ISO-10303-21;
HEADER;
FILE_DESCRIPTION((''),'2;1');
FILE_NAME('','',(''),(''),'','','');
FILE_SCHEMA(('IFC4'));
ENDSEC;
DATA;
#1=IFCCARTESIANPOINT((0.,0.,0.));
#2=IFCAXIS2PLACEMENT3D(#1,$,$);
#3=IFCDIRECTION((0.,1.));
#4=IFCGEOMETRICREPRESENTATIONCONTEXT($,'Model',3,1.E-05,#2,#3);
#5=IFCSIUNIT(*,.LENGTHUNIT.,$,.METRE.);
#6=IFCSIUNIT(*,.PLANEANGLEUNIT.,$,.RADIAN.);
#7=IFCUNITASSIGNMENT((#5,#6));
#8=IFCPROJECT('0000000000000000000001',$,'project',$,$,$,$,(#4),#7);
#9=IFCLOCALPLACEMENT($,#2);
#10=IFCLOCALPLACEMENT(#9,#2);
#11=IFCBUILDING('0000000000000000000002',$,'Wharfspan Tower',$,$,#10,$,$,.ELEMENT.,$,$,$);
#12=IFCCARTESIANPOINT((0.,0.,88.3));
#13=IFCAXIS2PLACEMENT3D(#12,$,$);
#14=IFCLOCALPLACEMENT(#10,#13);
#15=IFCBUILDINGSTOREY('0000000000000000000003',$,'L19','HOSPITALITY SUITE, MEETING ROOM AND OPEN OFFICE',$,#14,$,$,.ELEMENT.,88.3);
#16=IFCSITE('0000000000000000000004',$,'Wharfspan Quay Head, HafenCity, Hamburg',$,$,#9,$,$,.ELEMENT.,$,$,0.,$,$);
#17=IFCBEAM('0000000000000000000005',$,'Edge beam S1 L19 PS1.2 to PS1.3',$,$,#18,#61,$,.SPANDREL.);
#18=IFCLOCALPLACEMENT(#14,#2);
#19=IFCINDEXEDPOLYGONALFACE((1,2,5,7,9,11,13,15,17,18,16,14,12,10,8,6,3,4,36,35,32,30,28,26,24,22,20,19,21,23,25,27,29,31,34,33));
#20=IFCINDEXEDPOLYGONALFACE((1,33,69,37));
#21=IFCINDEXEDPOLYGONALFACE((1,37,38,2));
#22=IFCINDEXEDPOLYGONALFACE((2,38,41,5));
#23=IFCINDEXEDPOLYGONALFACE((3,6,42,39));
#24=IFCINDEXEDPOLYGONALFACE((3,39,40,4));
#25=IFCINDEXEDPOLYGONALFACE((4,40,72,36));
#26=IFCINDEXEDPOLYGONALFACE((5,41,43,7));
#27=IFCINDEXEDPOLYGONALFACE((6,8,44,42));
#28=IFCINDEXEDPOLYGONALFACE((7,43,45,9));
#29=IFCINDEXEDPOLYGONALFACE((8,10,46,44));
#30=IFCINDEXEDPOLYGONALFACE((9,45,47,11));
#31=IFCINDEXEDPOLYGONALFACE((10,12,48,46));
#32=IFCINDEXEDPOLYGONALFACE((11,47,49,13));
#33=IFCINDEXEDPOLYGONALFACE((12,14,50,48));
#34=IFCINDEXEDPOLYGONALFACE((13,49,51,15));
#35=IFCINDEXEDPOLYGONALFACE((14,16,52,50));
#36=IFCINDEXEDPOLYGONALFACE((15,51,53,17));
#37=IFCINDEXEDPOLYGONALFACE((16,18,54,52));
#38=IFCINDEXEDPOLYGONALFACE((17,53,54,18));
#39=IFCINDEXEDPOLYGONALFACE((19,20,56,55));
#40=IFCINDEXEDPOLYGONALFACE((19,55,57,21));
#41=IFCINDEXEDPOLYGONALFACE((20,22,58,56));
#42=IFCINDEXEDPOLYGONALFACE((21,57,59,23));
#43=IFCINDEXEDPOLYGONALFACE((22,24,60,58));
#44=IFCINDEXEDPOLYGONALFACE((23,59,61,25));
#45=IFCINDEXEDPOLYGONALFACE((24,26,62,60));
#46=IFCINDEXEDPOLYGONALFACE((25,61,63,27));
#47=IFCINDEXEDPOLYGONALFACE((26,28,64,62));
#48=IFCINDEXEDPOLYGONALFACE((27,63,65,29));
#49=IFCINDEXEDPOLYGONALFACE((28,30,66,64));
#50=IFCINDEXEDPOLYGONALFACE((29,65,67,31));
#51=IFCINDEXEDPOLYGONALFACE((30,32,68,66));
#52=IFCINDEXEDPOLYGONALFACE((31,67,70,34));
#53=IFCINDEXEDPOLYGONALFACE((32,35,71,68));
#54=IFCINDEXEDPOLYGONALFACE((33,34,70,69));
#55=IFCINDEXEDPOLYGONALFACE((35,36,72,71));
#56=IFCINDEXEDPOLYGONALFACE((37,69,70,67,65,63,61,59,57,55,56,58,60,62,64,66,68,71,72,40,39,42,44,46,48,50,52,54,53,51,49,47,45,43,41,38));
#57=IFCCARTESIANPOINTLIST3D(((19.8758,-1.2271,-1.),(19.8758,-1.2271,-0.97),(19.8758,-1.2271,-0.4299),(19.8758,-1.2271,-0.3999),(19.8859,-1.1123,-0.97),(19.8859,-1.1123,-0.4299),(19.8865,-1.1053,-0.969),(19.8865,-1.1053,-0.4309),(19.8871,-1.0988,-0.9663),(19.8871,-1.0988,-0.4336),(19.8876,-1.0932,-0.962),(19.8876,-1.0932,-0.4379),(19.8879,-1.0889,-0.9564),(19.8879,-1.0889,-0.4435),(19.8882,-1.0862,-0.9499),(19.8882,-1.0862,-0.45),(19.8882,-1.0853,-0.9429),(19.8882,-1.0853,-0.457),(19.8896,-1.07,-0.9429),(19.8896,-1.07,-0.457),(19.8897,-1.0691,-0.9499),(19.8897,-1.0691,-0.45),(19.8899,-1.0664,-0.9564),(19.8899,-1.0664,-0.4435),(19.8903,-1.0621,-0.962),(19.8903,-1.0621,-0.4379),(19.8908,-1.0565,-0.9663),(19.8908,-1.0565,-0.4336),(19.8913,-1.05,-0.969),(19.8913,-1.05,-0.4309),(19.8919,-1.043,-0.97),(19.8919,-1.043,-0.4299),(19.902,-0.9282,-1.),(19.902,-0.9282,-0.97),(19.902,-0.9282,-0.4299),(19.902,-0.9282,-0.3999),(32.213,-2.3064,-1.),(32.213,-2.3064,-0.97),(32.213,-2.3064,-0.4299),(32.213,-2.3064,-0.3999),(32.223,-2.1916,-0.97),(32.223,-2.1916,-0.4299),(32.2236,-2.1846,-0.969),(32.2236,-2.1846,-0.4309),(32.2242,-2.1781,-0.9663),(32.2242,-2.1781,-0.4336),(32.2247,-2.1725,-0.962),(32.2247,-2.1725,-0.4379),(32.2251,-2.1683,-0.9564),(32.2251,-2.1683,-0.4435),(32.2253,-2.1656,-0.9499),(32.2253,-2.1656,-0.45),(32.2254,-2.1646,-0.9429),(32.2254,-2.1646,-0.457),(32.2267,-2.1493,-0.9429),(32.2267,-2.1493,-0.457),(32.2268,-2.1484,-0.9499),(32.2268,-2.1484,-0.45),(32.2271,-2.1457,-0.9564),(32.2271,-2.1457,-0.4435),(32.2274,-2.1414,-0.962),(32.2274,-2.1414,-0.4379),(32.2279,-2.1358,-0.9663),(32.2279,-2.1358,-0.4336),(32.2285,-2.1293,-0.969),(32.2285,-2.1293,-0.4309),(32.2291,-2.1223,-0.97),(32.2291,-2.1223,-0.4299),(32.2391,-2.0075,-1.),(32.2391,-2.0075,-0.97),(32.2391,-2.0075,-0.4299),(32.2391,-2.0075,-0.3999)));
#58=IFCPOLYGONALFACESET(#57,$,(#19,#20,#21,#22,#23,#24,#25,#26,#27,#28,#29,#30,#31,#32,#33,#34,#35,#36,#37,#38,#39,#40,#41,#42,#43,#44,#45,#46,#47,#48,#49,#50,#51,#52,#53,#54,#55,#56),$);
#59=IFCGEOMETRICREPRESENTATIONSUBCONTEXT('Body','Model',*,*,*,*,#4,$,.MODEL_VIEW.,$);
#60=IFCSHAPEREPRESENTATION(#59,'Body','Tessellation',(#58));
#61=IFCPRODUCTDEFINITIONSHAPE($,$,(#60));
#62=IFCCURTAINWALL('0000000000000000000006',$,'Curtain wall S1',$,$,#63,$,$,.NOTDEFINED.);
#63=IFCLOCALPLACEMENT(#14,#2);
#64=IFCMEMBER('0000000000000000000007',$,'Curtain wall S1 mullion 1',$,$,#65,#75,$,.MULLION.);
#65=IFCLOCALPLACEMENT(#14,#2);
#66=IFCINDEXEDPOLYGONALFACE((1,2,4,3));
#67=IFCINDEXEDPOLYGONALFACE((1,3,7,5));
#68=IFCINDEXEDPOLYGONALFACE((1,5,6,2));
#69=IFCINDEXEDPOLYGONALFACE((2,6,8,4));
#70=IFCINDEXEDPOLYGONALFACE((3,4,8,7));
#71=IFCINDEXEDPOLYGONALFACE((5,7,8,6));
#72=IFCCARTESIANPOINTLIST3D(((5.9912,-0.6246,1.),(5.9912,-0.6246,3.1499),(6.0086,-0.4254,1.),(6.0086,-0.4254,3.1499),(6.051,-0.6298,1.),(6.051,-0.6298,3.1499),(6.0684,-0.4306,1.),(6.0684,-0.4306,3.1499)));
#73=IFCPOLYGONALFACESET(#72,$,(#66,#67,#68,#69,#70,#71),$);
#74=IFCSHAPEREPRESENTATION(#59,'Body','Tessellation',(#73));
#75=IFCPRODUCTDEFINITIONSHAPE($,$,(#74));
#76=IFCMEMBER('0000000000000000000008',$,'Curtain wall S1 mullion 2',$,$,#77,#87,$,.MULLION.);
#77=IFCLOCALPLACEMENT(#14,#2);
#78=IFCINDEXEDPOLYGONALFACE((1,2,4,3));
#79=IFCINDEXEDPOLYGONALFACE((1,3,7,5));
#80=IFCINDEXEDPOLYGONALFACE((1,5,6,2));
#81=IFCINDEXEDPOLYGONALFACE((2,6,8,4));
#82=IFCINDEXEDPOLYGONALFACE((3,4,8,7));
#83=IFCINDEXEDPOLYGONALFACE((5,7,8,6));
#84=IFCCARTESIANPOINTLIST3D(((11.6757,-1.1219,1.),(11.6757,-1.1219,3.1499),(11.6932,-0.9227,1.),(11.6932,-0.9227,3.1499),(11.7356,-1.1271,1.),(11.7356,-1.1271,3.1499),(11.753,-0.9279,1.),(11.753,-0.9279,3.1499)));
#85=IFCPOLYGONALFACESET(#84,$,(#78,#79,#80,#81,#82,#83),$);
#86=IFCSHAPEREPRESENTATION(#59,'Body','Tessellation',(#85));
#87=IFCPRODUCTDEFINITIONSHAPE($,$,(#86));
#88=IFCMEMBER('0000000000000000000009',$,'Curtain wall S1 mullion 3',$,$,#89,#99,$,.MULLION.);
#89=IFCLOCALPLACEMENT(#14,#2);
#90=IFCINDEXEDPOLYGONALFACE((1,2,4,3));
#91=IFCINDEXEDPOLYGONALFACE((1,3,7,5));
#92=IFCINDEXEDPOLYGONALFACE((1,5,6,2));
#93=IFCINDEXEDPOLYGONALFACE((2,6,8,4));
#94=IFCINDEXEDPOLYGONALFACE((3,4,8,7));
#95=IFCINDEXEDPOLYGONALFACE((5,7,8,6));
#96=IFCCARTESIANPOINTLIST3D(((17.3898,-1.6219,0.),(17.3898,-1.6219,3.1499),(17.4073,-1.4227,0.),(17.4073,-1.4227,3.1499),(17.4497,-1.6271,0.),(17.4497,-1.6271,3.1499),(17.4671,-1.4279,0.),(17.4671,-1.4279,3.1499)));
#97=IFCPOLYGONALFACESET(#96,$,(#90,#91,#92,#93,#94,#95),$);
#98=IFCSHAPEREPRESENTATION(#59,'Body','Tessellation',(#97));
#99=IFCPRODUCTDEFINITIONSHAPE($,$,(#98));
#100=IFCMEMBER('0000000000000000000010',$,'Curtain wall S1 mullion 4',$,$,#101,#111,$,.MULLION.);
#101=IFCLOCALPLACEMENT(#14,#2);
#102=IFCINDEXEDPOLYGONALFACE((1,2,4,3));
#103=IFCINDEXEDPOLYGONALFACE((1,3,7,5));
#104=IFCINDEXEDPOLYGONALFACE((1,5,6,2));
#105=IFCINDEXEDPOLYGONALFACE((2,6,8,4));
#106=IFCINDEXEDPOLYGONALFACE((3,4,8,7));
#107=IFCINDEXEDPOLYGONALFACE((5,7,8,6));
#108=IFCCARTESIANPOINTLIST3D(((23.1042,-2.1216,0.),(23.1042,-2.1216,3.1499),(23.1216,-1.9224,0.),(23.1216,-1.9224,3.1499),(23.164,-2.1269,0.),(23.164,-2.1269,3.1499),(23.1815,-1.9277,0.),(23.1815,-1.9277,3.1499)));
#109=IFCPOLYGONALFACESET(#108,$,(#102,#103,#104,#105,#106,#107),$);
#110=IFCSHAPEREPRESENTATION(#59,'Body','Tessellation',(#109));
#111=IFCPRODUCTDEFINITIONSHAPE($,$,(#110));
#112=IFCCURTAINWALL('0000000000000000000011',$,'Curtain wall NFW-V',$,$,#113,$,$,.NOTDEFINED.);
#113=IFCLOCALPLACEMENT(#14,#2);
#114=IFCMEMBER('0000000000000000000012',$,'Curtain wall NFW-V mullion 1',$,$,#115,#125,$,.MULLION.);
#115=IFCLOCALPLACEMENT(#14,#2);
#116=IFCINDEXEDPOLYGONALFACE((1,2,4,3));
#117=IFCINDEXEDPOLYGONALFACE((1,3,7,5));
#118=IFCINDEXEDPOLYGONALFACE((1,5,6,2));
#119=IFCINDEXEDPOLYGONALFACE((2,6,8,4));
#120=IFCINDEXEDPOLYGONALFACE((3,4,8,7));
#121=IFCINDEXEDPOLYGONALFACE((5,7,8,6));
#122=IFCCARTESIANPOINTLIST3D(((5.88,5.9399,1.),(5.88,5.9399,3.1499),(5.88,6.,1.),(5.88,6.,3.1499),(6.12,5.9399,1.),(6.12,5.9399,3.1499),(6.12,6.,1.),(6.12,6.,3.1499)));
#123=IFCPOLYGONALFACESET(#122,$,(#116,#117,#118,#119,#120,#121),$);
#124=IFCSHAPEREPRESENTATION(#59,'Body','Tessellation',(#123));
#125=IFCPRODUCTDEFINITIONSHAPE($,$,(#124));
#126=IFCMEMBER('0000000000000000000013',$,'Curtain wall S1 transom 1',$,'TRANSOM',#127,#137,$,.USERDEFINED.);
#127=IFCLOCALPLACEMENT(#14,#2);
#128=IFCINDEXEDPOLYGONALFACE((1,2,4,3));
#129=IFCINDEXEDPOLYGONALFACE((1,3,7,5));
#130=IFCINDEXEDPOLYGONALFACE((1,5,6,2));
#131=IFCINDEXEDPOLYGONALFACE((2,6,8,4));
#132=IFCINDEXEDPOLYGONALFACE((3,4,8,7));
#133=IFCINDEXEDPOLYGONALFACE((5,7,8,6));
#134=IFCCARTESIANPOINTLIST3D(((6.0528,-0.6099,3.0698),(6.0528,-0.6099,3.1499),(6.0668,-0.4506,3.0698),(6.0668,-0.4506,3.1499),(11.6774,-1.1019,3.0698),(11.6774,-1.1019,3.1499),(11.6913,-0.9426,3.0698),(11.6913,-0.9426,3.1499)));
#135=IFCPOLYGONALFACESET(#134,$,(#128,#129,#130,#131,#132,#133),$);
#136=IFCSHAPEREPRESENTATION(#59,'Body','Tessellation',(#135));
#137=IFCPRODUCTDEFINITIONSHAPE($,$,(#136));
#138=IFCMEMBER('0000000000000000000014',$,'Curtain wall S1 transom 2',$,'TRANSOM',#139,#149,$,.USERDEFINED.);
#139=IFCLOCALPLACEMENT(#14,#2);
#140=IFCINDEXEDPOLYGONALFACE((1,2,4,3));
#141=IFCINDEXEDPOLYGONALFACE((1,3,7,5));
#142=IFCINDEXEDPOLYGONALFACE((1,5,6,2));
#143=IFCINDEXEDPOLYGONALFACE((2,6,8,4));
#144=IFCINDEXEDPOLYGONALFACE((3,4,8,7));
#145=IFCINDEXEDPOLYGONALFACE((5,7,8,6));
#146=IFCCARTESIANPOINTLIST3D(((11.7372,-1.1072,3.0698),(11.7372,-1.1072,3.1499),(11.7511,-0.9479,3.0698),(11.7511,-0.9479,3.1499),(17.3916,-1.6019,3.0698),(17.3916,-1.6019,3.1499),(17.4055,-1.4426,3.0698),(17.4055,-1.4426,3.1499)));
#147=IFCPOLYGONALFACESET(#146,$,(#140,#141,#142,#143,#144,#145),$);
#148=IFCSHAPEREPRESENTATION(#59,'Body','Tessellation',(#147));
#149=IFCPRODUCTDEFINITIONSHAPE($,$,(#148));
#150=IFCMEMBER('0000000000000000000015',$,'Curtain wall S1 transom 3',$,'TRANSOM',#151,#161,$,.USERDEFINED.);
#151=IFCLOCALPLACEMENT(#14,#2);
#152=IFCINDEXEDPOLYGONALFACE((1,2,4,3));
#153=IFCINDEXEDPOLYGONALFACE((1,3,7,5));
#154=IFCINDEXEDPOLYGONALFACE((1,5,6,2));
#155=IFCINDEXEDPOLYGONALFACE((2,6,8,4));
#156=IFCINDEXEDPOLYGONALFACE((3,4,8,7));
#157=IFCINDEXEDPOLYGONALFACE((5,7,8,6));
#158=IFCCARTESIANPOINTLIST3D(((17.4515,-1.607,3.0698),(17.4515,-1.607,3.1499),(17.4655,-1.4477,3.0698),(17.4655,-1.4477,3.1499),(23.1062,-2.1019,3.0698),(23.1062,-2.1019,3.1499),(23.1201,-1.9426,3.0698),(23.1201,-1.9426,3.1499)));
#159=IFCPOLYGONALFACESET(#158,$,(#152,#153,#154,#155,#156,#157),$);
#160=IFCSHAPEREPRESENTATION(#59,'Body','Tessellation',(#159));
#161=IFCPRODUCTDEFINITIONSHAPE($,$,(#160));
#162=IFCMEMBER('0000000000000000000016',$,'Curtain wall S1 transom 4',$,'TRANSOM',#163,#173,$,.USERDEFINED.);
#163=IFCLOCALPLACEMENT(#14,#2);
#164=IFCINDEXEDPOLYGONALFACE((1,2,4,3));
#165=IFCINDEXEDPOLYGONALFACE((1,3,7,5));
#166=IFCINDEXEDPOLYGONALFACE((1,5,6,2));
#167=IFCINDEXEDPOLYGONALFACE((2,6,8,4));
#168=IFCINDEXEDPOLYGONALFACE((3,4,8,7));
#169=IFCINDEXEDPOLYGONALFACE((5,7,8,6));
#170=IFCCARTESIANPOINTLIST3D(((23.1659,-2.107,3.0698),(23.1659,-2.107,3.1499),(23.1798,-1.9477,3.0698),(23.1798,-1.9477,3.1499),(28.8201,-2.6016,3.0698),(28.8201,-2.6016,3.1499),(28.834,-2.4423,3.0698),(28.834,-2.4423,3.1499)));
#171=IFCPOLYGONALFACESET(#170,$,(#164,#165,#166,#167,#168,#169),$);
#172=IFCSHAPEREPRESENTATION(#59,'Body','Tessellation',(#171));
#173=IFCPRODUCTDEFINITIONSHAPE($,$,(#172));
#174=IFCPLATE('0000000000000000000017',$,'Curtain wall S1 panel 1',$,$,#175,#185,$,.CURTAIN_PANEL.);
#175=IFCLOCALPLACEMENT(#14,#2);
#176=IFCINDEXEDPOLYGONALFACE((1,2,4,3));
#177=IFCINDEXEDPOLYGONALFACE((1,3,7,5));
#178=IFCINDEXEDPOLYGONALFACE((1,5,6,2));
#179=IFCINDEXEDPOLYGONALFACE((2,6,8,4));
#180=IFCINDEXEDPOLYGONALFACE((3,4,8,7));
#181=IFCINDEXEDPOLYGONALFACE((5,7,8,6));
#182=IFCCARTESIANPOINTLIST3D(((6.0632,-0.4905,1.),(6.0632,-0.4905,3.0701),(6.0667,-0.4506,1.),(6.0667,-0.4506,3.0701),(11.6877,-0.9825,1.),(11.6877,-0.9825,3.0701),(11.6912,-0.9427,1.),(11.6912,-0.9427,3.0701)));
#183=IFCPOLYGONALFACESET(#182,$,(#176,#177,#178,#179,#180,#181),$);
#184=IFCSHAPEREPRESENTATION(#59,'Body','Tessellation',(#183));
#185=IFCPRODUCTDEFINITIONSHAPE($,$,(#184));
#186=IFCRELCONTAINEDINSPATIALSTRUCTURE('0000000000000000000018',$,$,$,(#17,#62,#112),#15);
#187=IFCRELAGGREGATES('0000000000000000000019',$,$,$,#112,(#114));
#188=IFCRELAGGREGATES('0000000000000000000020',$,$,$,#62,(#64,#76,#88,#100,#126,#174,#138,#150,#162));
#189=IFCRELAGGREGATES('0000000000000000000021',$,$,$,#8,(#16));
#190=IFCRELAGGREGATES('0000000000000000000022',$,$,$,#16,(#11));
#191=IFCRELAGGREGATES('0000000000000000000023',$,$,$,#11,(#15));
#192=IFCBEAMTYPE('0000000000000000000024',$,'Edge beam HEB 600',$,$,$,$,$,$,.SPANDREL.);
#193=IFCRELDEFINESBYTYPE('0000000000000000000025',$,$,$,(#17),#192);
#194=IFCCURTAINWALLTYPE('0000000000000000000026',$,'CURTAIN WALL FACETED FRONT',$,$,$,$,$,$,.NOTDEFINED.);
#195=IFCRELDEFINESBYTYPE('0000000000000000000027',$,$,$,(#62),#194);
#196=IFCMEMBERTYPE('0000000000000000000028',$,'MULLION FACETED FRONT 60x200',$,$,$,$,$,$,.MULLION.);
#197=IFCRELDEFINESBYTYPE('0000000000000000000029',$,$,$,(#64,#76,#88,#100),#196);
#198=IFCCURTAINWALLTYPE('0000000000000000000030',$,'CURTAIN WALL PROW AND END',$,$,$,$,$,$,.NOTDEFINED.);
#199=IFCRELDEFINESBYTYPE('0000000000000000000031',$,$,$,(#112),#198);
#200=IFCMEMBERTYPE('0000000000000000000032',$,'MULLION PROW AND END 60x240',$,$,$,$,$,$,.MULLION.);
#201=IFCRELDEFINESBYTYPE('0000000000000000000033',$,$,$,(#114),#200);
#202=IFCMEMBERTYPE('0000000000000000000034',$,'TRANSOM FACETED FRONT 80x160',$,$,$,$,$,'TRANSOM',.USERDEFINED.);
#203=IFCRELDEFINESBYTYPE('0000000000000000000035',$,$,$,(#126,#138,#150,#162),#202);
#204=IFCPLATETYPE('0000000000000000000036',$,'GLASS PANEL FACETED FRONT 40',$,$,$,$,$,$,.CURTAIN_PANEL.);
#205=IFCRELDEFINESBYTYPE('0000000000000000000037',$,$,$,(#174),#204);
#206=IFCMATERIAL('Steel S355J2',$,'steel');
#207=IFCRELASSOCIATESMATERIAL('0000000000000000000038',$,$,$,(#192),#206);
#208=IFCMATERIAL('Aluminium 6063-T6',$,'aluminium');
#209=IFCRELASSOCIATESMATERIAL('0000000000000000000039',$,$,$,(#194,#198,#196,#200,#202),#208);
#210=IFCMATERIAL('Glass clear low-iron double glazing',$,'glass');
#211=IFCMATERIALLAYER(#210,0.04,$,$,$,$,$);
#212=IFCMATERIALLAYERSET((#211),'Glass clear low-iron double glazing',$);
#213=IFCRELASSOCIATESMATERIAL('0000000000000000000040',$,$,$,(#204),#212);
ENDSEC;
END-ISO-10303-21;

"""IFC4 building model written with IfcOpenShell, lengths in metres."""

from ifc_helpers import new_model, si_unit, direction, frame, origin, origin_2d, place, context, subcontext, project, spatial, rectangle, i_section, extrude, material, layer, layer_set, material_profile, profile_set, type_object, element, aggregate, save


model = new_model("IFC4")

# Units and contexts
model_context = context("Model", 3, precision=1e-05, world=origin(), true_north=direction((0.0, 1.0)))
body_context = subcontext(model_context, "Body", "Model", "MODEL_VIEW")
ifc_project = project(units=[si_unit("LENGTHUNIT", "METRE"), si_unit("PLANEANGLEUNIT", "RADIAN")], contexts=[model_context])

# Site, building, storey
site_placement = place(None, origin())
site = spatial("IfcSite", under=ifc_project, at=site_placement, Name="Wharfspan Quay Head, HafenCity, Hamburg", CompositionType="ELEMENT", RefElevation=0.0)
building_placement = place(site_placement, origin())
building = spatial("IfcBuilding", under=site, at=building_placement, Name="Wharfspan Tower", CompositionType="ELEMENT")
storey_placement = place(building_placement, frame((0.0, 0.0, 88.3)))
storey = spatial("IfcBuildingStorey", under=building, at=storey_placement, Name="L19", Description="HOSPITALITY SUITE, MEETING ROOM AND OPEN OFFICE", CompositionType="ELEMENT", Elevation=88.3)

# Shared definitions
ifc_material_1 = material(Name="Steel S355J2", Category="steel")

# Beam
ifc_material_profile_1 = material_profile(ifc_material_1, i_section(OverallWidth=0.3, OverallDepth=0.6001, WebThickness=0.0154, FlangeThickness=0.03, FilletRadius=0.0271, at=origin_2d()))
ifc_profile_set_1 = profile_set([ifc_material_profile_1], Name="Steel S355J2")
beam_type = type_object("IfcBeamType", Name="Edge beam HEB 600", PredefinedType="SPANDREL", material=ifc_profile_set_1)
beam_placement = place(storey_placement, frame((19.8889, -1.0776, -0.7), z_axis=(0.996195, -0.087154, 0.0), x_axis=(0.087154, 0.996195, 0.0)))
element("IfcBeam", 1, at=beam_placement, inside=storey, type_object=beam_type, Name="Edge beam S1 L19 PS1.2 to PS1.3", PredefinedType="SPANDREL", context=body_context, shape_type="SweptSolid", body=[
    extrude(i_section(OverallWidth=0.3, OverallDepth=0.6001, WebThickness=0.0154, FlangeThickness=0.03, FilletRadius=0.0271, at=origin_2d()), origin(), (0.0, 0.0, 1.0), 12.3843),
])

# Curtain wall, members
ifc_material_2 = material(Name="Aluminium 6063-T6", Category="aluminium")
curtain_wall_type_1 = type_object("IfcCurtainWallType", Name="CURTAIN WALL FACETED FRONT", PredefinedType="NOTDEFINED", material=ifc_material_2)
curtain_wall_1_placement = place(storey_placement, origin())
curtain_wall_1 = element("IfcCurtainWall", 2, at=curtain_wall_1_placement, inside=storey, type_object=curtain_wall_type_1, Name="Curtain wall S1", PredefinedType="NOTDEFINED")
ifc_material_profile_2 = material_profile(ifc_material_2, rectangle(XDim=0.2, YDim=0.0601, at=origin_2d()))
ifc_profile_set_2 = profile_set([ifc_material_profile_2], Name="Aluminium 6063-T6")
member_type_1 = type_object("IfcMemberType", Name="MULLION FACETED FRONT 60x200", PredefinedType="MULLION", material=ifc_profile_set_2)
member_1_placement = place(storey_placement, frame((6.0298, -0.5276, 1.0), z_axis=(0.0, 0.0, 1.0), x_axis=(0.087156, 0.996197, 0.0)))
member_1 = element("IfcMember", 3, at=member_1_placement, type_object=member_type_1, Name="Curtain wall S1 mullion 1", PredefinedType="MULLION", context=body_context, shape_type="SweptSolid", body=[
    extrude(rectangle(XDim=0.2, YDim=0.0601, at=origin_2d()), origin(), (0.0, 0.0, 1.0), 2.1499),
])
member_2_placement = place(storey_placement, frame((11.7144, -1.0249, 1.0), z_axis=(0.0, 0.0, 1.0), x_axis=(0.087156, 0.996197, 0.0)))
member_2 = element("IfcMember", 4, at=member_2_placement, type_object=member_type_1, Name="Curtain wall S1 mullion 2", PredefinedType="MULLION", context=body_context, shape_type="SweptSolid", body=[
    extrude(rectangle(XDim=0.2, YDim=0.0601, at=origin_2d()), origin(), (0.0, 0.0, 1.0), 2.1499),
])
member_3_placement = place(storey_placement, frame((17.4285, -1.5249, 0.0), z_axis=(0.0, 0.0, 1.0), x_axis=(0.087156, 0.996197, 0.0)))
member_3 = element("IfcMember", 5, at=member_3_placement, type_object=member_type_1, Name="Curtain wall S1 mullion 3", PredefinedType="MULLION", context=body_context, shape_type="SweptSolid", body=[
    extrude(rectangle(XDim=0.2, YDim=0.0601, at=origin_2d()), origin(), (0.0, 0.0, 1.0), 3.1499),
])
member_4_placement = place(storey_placement, frame((23.1428, -2.0247, 0.0), z_axis=(0.0, 0.0, 1.0), x_axis=(0.087156, 0.996197, 0.0)))
member_4 = element("IfcMember", 6, at=member_4_placement, type_object=member_type_1, Name="Curtain wall S1 mullion 4", PredefinedType="MULLION", context=body_context, shape_type="SweptSolid", body=[
    extrude(rectangle(XDim=0.2, YDim=0.0601, at=origin_2d()), origin(), (0.0, 0.0, 1.0), 3.1499),
])

# Curtain wall, member
curtain_wall_type_2 = type_object("IfcCurtainWallType", Name="CURTAIN WALL PROW AND END", PredefinedType="NOTDEFINED", material=ifc_material_2)
curtain_wall_2_placement = place(storey_placement, origin())
curtain_wall_2 = element("IfcCurtainWall", 7, at=curtain_wall_2_placement, inside=storey, type_object=curtain_wall_type_2, Name="Curtain wall NFW-V", PredefinedType="NOTDEFINED")
ifc_material_profile_3 = material_profile(ifc_material_2, rectangle(XDim=0.24, YDim=0.0601, at=origin_2d()))
ifc_profile_set_3 = profile_set([ifc_material_profile_3], Name="Aluminium 6063-T6")
member_type_2 = type_object("IfcMemberType", Name="MULLION PROW AND END 60x240", PredefinedType="MULLION", material=ifc_profile_set_3)
member_5_placement = place(storey_placement, frame((6.0, 5.97, 1.0), z_axis=(0.0, 0.0, 1.0), x_axis=(1.0, 0.0, 0.0)))
member_5 = element("IfcMember", 8, at=member_5_placement, type_object=member_type_2, Name="Curtain wall NFW-V mullion 1", PredefinedType="MULLION", context=body_context, shape_type="SweptSolid", body=[
    extrude(rectangle(XDim=0.24, YDim=0.0601, at=origin_2d()), origin(), (0.0, 0.0, 1.0), 2.1499),
])

# Members
ifc_material_profile_4 = material_profile(ifc_material_2, rectangle(XDim=0.1599, YDim=0.0801, at=origin_2d()))
ifc_profile_set_4 = profile_set([ifc_material_profile_4], Name="Aluminium 6063-T6")
member_type_3 = type_object("IfcMemberType", Name="TRANSOM FACETED FRONT 80x160", ElementType="TRANSOM", PredefinedType="USERDEFINED", material=ifc_profile_set_4)
member_6_placement = place(storey_placement, frame((6.0598, -0.5303, 3.1099), z_axis=(0.996197, -0.087132, 0.0), x_axis=(0.087132, 0.996197, 0.0)))
member_6 = element("IfcMember", 9, at=member_6_placement, type_object=member_type_3, Name="Curtain wall S1 transom 1", ObjectType="TRANSOM", PredefinedType="USERDEFINED", context=body_context, shape_type="SweptSolid", body=[
    extrude(rectangle(XDim=0.1599, YDim=0.0801, at=origin_2d()), origin(), (0.0, 0.0, 1.0), 5.646),
])
member_7_placement = place(storey_placement, frame((11.7441, -1.0276, 3.1099), z_axis=(0.996196, -0.087142, 0.0), x_axis=(0.087142, 0.996196, 0.0)))
member_7 = element("IfcMember", 10, at=member_7_placement, type_object=member_type_3, Name="Curtain wall S1 transom 2", ObjectType="TRANSOM", PredefinedType="USERDEFINED", context=body_context, shape_type="SweptSolid", body=[
    extrude(rectangle(XDim=0.1599, YDim=0.0801, at=origin_2d()), origin(), (0.0, 0.0, 1.0), 5.676),
])
member_8_placement = place(storey_placement, frame((17.4585, -1.5273, 3.1099), z_axis=(0.996192, -0.087185, 0.0), x_axis=(0.087185, 0.996192, 0.0)))
member_8 = element("IfcMember", 11, at=member_8_placement, type_object=member_type_3, Name="Curtain wall S1 transom 3", ObjectType="TRANSOM", PredefinedType="USERDEFINED", context=body_context, shape_type="SweptSolid", body=[
    extrude(rectangle(XDim=0.1599, YDim=0.0801, at=origin_2d()), origin(), (0.0, 0.0, 1.0), 5.6763),
])
member_9_placement = place(storey_placement, frame((23.1729, -2.0273, 3.1099), z_axis=(0.996196, -0.087146, 0.0), x_axis=(0.087146, 0.996196, 0.0)))
member_9 = element("IfcMember", 12, at=member_9_placement, type_object=member_type_3, Name="Curtain wall S1 transom 4", ObjectType="TRANSOM", PredefinedType="USERDEFINED", context=body_context, shape_type="SweptSolid", body=[
    extrude(rectangle(XDim=0.1599, YDim=0.0801, at=origin_2d()), origin(), (0.0, 0.0, 1.0), 5.6758),
])

# Plate
ifc_material_3 = material(Name="Glass clear low-iron double glazing", Category="glass")
ifc_layer_1 = layer(ifc_material_3, 0.04)
ifc_layer_set_1 = layer_set([ifc_layer_1], Name="Glass clear low-iron double glazing")
plate_type_1 = type_object("IfcPlateType", Name="GLASS PANEL FACETED FRONT 40", PredefinedType="CURTAIN_PANEL", material=ifc_layer_set_1)
plate_1_placement = place(storey_placement, frame((8.8772, -0.7166, 1.0), z_axis=(0.0, 0.0, 1.0), x_axis=(0.996197, -0.087156, 0.0)))
plate_1 = element("IfcPlate", 13, at=plate_1_placement, type_object=plate_type_1, Name="Curtain wall S1 panel 1", PredefinedType="CURTAIN_PANEL", context=body_context, shape_type="SweptSolid", body=[
    extrude(rectangle(XDim=5.646, YDim=0.04, at=origin_2d()), origin(), (0.0, 0.0, 1.0), 2.0701),
])
aggregate(curtain_wall_2, [member_5])
aggregate(curtain_wall_1, [member_1, member_2, member_3, member_4, member_6, plate_1, member_7, member_8, member_9])

save(model, "model.ifc")
